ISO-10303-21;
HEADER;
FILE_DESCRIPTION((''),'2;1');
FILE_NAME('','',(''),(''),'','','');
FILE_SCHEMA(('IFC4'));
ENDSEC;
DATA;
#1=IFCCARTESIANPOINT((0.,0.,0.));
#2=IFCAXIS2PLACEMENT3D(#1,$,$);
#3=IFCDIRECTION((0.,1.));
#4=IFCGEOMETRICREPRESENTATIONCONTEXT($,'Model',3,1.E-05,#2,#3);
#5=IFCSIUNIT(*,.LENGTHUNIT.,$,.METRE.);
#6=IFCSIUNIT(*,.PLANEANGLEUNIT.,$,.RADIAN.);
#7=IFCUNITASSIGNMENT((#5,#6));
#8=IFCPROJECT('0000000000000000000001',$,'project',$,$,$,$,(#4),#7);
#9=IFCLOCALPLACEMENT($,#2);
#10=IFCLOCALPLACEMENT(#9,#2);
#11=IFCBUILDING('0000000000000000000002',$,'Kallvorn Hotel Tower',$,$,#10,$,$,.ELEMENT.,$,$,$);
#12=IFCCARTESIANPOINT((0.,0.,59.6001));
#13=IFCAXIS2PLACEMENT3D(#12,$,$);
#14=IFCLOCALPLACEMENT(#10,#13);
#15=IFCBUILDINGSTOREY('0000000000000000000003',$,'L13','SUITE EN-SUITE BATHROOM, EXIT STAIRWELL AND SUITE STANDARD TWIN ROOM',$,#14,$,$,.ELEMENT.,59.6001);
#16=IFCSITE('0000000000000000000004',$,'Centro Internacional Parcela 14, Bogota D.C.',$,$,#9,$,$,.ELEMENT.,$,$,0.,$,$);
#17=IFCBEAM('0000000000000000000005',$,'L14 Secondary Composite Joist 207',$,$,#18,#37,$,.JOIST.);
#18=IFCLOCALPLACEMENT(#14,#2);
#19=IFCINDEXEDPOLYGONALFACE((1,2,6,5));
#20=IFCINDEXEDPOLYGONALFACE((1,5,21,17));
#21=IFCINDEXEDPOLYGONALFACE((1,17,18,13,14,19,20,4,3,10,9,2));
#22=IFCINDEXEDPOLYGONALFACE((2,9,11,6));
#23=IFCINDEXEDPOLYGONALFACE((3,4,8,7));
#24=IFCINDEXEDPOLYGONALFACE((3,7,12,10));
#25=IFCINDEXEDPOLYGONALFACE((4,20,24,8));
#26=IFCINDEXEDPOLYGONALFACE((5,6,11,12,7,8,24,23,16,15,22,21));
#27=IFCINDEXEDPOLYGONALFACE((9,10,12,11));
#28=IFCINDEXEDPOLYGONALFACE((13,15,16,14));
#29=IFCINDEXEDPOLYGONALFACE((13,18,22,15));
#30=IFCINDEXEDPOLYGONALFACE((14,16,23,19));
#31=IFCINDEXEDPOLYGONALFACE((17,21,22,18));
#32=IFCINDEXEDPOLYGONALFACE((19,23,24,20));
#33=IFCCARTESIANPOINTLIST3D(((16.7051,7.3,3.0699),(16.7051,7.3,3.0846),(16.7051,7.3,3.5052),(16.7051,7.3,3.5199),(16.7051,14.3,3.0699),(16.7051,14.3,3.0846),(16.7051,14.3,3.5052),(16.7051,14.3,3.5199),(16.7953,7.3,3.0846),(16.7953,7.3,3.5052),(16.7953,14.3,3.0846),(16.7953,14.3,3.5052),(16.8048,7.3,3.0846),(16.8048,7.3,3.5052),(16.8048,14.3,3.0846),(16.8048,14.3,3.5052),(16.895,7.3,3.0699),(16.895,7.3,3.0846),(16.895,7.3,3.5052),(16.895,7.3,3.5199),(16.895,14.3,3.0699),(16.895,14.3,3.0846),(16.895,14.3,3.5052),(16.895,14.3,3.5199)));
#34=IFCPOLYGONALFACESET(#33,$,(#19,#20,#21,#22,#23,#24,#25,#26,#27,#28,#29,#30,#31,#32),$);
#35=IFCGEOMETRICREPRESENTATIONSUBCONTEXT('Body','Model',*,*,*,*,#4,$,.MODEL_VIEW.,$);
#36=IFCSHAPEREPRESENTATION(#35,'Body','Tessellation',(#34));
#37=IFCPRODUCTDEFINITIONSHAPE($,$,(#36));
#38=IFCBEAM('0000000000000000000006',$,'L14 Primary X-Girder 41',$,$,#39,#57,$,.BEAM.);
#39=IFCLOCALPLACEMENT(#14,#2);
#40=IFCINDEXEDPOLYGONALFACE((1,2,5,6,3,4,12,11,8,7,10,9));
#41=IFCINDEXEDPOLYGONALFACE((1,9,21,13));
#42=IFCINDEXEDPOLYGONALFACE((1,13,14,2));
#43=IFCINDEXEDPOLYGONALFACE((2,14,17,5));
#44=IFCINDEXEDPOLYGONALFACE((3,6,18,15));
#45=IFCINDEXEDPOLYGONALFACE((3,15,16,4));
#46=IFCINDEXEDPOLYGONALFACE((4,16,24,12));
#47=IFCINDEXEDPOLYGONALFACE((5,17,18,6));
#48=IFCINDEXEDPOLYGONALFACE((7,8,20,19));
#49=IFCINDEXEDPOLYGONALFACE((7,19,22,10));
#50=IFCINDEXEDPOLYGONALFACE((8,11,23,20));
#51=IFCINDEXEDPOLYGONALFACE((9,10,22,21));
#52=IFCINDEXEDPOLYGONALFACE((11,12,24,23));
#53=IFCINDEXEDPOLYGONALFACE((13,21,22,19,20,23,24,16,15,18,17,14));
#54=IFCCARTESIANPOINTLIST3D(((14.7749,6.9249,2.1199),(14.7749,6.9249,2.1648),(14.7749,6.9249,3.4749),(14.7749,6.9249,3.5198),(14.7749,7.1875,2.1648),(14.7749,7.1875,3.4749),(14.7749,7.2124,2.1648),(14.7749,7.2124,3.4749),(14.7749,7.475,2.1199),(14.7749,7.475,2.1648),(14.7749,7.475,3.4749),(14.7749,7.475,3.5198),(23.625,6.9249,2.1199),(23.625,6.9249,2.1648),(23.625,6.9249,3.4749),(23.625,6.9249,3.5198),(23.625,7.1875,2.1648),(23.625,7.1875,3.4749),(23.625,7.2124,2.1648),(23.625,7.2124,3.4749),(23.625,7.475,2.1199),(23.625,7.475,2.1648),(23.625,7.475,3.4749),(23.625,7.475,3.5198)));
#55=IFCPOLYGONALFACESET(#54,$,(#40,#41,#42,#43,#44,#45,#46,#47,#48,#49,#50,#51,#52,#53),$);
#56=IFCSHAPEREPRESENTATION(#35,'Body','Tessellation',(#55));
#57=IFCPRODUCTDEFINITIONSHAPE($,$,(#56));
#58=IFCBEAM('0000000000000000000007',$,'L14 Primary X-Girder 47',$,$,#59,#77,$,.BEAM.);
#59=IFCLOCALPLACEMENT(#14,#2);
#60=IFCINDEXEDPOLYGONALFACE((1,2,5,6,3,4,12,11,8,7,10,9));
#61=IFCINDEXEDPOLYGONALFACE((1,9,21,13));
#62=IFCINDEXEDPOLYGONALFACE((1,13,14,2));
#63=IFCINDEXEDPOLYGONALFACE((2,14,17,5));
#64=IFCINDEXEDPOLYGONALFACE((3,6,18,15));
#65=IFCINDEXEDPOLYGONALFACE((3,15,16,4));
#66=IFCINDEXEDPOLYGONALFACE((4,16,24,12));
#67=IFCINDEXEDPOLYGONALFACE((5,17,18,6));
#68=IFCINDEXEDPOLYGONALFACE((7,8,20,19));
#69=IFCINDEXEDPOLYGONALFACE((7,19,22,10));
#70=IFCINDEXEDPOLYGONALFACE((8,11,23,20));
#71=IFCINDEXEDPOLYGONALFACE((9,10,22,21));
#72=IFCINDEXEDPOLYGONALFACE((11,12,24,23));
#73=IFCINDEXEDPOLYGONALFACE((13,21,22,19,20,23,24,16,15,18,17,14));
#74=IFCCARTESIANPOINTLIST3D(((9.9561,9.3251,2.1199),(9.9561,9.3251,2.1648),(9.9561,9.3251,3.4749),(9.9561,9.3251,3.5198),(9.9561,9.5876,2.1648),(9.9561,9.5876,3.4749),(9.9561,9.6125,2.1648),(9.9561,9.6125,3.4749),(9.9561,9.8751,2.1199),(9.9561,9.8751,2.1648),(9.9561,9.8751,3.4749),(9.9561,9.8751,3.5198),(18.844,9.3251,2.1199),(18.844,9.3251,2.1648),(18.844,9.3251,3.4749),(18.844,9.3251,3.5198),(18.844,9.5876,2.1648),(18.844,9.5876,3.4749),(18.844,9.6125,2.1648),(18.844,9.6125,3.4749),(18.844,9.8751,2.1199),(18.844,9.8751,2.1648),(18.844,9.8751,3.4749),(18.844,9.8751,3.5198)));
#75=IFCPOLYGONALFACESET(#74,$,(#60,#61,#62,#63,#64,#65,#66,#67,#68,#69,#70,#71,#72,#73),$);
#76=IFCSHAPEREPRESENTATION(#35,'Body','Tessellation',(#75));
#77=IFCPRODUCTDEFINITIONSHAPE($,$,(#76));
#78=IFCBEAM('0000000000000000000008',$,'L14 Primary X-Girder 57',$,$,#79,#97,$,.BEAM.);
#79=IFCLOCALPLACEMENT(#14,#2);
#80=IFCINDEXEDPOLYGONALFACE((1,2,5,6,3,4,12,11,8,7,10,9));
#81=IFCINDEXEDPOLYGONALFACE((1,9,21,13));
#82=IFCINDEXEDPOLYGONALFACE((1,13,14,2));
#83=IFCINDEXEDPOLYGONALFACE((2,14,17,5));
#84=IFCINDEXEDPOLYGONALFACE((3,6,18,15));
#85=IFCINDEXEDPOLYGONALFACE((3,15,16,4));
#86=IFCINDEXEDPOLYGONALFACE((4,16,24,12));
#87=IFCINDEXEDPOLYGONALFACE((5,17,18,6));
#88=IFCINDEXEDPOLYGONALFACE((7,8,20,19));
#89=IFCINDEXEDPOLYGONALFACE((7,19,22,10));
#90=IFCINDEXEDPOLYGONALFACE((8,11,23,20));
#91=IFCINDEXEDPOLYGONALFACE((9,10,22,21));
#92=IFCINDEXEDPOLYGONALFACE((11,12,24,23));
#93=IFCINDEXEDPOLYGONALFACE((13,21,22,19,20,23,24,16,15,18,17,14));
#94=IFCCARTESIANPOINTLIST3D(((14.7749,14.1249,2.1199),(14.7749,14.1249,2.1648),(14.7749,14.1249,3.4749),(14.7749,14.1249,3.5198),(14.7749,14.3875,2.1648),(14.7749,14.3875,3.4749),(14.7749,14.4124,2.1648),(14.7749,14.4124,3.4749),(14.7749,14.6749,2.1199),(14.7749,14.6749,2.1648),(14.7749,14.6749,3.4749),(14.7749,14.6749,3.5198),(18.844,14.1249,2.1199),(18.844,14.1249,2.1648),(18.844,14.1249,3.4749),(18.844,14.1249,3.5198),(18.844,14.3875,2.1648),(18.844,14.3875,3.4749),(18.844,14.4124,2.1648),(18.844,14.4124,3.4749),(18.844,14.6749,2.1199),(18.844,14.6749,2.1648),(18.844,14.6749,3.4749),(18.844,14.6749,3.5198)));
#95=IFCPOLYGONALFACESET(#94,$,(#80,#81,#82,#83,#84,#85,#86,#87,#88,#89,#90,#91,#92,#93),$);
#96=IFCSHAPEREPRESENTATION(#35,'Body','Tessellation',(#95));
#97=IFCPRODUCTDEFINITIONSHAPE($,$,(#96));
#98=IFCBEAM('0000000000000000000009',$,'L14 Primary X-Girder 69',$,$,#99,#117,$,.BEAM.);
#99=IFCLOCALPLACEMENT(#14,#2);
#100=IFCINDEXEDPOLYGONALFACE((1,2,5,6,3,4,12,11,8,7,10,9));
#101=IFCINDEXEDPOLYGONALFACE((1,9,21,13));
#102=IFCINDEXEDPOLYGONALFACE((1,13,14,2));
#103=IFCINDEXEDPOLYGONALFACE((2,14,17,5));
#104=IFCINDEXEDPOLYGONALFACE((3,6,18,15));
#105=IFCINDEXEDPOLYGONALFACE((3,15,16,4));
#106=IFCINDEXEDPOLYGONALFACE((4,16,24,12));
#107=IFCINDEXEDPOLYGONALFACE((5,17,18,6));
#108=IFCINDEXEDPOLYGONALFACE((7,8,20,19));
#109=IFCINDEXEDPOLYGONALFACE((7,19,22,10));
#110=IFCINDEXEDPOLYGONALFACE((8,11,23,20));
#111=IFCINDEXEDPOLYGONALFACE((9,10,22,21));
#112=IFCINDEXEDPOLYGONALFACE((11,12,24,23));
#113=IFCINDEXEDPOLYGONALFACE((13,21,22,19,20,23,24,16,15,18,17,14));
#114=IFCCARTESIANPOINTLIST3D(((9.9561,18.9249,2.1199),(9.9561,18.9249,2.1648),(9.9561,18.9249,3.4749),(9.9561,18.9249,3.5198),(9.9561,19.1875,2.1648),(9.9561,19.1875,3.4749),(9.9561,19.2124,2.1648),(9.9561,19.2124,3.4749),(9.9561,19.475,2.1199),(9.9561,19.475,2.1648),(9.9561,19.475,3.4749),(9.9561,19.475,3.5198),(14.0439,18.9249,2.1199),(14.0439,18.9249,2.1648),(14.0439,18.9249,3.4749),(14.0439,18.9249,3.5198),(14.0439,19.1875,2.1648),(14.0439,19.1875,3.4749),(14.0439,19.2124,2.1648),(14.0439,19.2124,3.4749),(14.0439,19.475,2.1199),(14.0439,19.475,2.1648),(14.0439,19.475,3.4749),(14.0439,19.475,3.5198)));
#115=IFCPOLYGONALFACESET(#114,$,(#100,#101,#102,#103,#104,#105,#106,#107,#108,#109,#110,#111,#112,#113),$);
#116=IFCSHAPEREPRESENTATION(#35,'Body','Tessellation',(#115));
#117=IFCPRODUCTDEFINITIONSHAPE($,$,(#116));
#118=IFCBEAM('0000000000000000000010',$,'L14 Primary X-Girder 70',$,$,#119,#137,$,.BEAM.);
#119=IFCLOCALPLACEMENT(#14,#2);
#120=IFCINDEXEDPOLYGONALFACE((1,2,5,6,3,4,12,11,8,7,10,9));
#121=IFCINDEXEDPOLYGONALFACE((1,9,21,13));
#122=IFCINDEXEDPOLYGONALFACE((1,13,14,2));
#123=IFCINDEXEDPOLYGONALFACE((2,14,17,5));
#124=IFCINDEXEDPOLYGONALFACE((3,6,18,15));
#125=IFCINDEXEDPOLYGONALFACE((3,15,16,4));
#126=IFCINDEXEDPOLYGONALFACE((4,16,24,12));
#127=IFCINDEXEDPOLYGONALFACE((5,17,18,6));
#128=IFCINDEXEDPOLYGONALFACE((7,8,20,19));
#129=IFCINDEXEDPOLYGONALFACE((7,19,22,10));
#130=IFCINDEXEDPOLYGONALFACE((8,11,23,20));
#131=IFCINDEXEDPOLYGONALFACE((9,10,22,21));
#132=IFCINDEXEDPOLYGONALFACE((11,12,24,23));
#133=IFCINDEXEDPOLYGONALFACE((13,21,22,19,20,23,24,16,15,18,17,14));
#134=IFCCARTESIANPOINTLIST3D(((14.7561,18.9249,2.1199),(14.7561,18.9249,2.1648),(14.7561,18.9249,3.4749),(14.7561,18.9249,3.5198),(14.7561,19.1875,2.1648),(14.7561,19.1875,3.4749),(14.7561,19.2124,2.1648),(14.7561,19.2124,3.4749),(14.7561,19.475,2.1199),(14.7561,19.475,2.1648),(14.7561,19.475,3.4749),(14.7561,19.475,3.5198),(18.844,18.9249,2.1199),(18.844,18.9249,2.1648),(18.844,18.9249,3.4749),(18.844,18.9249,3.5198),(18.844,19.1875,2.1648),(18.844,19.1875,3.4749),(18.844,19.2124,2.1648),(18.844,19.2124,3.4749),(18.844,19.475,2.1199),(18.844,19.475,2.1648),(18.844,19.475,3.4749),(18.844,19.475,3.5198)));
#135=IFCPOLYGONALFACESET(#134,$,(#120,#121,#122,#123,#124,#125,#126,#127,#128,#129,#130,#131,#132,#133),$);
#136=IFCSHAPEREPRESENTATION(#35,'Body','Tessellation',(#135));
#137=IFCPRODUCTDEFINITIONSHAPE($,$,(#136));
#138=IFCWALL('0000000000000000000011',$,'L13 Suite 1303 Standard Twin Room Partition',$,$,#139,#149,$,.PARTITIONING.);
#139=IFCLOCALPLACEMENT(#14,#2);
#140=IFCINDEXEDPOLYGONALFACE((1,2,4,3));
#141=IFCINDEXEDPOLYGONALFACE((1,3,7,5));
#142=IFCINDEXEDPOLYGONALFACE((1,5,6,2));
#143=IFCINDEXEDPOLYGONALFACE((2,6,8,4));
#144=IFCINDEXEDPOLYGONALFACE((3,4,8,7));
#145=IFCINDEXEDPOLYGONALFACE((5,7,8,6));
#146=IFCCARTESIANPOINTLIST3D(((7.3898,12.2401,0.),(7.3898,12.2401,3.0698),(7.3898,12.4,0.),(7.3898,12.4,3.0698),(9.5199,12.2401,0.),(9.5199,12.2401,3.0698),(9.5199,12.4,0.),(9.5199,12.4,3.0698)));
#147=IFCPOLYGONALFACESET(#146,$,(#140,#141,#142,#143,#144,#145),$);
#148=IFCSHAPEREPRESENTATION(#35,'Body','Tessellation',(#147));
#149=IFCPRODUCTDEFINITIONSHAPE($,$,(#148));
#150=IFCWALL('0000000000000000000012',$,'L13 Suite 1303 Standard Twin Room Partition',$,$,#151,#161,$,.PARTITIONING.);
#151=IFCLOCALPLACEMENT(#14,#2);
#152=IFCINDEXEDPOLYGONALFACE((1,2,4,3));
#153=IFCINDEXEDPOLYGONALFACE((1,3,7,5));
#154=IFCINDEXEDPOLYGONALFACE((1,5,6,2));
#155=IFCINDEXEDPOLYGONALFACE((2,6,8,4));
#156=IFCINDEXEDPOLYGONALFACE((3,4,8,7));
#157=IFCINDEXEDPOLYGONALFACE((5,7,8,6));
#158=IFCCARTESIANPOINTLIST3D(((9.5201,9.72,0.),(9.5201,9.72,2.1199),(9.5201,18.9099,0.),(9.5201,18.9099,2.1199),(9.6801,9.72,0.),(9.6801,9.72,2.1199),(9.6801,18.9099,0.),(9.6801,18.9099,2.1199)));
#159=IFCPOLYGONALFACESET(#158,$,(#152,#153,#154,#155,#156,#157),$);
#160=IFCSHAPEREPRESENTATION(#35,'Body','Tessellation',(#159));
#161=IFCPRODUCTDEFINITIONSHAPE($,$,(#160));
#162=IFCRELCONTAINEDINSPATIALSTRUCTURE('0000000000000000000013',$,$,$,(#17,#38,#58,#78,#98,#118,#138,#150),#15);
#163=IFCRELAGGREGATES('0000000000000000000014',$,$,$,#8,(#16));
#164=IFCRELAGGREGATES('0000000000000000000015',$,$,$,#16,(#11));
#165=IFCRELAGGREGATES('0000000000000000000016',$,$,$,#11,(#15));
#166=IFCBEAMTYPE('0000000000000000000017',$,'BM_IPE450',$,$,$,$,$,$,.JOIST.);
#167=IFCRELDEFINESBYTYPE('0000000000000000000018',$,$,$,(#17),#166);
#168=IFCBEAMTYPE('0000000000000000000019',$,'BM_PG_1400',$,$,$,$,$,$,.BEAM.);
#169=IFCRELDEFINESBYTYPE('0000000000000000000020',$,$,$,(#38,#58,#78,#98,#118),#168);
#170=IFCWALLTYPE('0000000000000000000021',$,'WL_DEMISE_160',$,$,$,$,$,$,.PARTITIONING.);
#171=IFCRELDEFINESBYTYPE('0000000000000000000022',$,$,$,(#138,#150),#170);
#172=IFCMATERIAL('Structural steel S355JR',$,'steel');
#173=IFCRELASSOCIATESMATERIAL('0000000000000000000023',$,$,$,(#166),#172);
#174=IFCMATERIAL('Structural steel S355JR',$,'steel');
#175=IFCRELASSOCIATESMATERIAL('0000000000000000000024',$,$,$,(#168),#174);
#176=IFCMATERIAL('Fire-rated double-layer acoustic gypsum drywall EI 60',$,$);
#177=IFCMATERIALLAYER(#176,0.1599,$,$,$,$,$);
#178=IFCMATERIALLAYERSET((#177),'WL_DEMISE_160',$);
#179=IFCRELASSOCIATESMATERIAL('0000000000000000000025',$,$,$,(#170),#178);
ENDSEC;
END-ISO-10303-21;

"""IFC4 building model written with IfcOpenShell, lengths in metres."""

from ifc_helpers import new_model, si_unit, direction, frame, frame_2d, origin, origin_2d, place, context, subcontext, project, spatial, rectangle, i_section, extrude, material, layer, layer_set, material_profile, profile_set, type_object, element, save


model = new_model("IFC4")

# Units and contexts
model_context = context("Model", 3, precision=1e-05, world=origin(), true_north=direction((0.0, 1.0)))
body_context = subcontext(model_context, "Body", "Model", "MODEL_VIEW")
ifc_project = project(units=[si_unit("LENGTHUNIT", "METRE"), si_unit("PLANEANGLEUNIT", "RADIAN")], contexts=[model_context])

# Site, building, storey
site_placement = place(None, origin())
site = spatial("IfcSite", under=ifc_project, at=site_placement, Name="Centro Internacional Parcela 14, Bogota D.C.", CompositionType="ELEMENT", RefElevation=0.0)
building_placement = place(site_placement, origin())
building = spatial("IfcBuilding", under=site, at=building_placement, Name="Kallvorn Hotel Tower", CompositionType="ELEMENT")
storey_placement = place(building_placement, frame((0.0, 0.0, 59.6001)))
storey = spatial("IfcBuildingStorey", under=building, at=storey_placement, Name="L13", Description="SUITE EN-SUITE BATHROOM, EXIT STAIRWELL AND SUITE STANDARD TWIN ROOM", CompositionType="ELEMENT", Elevation=59.6001)

# Beams
ifc_material_1 = material(Name="Structural steel S355JR", Category="steel")
ifc_material_profile_1 = material_profile(ifc_material_1, i_section(OverallWidth=0.1899, OverallDepth=0.45, WebThickness=0.0095, FlangeThickness=0.0146, at=origin_2d()), Name="IPE 450")
ifc_profile_set_1 = profile_set([ifc_material_profile_1], Name="Structural steel S355JR")
beam_type_1 = type_object("IfcBeamType", Name="BM_IPE450", PredefinedType="JOIST", material=ifc_profile_set_1)
for number, where, z_axis, x_axis, name in (
    (1, (16.8, 7.3, 3.2949), (0.0, 1.0, 0.0), (-1.0, 0.0, 0.0), "L14 Secondary Composite Joist 207"),
):
    element("IfcBeam", number, at=place(storey_placement, frame(where, z_axis=z_axis, x_axis=x_axis)), inside=storey, type_object=beam_type_1, Name=name, PredefinedType="JOIST", context=body_context, shape_type="SweptSolid", body=[
        extrude(i_section(OverallWidth=0.1899, OverallDepth=0.45, WebThickness=0.0095, FlangeThickness=0.0146, at=origin_2d()), origin(), (0.0, 0.0, 1.0), 7.0),
    ])
ifc_material_2 = material(Name="Structural steel S355JR", Category="steel")
ifc_material_profile_2 = material_profile(ifc_material_2, i_section(OverallWidth=0.55, OverallDepth=1.3999, WebThickness=0.0249, FlangeThickness=0.0449, at=origin_2d()), Name="PG 1400x550x25x45")
ifc_profile_set_2 = profile_set([ifc_material_profile_2], Name="Structural steel S355JR")
beam_type_2 = type_object("IfcBeamType", Name="BM_PG_1400", PredefinedType="BEAM", material=ifc_profile_set_2)
beam_1_placement = place(storey_placement, frame((14.7749, 7.2, 2.8198), z_axis=(1.0, 0.0, 0.0), x_axis=(0.0, 1.0, 0.0)))
element("IfcBeam", 2, at=beam_1_placement, inside=storey, type_object=beam_type_2, Name="L14 Primary X-Girder 41", PredefinedType="BEAM", context=body_context, shape_type="SweptSolid", body=[
    extrude(i_section(OverallWidth=0.55, OverallDepth=1.3999, WebThickness=0.0249, FlangeThickness=0.0449, at=origin_2d()), origin(), (0.0, 0.0, 1.0), 8.8501),
])
beam_2_placement = place(storey_placement, frame((9.9561, 9.6001, 2.8198), z_axis=(1.0, 0.0, 0.0), x_axis=(0.0, 1.0, 0.0)))
element("IfcBeam", 3, at=beam_2_placement, inside=storey, type_object=beam_type_2, Name="L14 Primary X-Girder 47", PredefinedType="BEAM", context=body_context, shape_type="SweptSolid", body=[
    extrude(i_section(OverallWidth=0.55, OverallDepth=1.3999, WebThickness=0.0249, FlangeThickness=0.0449, at=origin_2d()), origin(), (0.0, 0.0, 1.0), 8.8879),
])
beam_3_placement = place(storey_placement, frame((14.7749, 14.3999, 2.8198), z_axis=(1.0, 0.0, 0.0), x_axis=(0.0, 1.0, 0.0)))
element("IfcBeam", 4, at=beam_3_placement, inside=storey, type_object=beam_type_2, Name="L14 Primary X-Girder 57", PredefinedType="BEAM", context=body_context, shape_type="SweptSolid", body=[
    extrude(i_section(OverallWidth=0.55, OverallDepth=1.3999, WebThickness=0.0249, FlangeThickness=0.0449, at=origin_2d()), origin(), (0.0, 0.0, 1.0), 4.0691),
])
for number, where, z_axis, x_axis, name in (
    (5, (9.9561, 19.2, 2.8198), (1.0, 0.0, 0.0), (0.0, 1.0, 0.0), "L14 Primary X-Girder 69"),
    (6, (14.7561, 19.2, 2.8198), (1.0, 0.0, 0.0), (0.0, 1.0, 0.0), "L14 Primary X-Girder 70"),
):
    element("IfcBeam", number, at=place(storey_placement, frame(where, z_axis=z_axis, x_axis=x_axis)), inside=storey, type_object=beam_type_2, Name=name, PredefinedType="BEAM", context=body_context, shape_type="SweptSolid", body=[
        extrude(i_section(OverallWidth=0.55, OverallDepth=1.3999, WebThickness=0.0249, FlangeThickness=0.0449, at=origin_2d()), origin(), (0.0, 0.0, 1.0), 4.0879),
    ])

# Walls
ifc_material_3 = material(Name="Fire-rated double-layer acoustic gypsum drywall EI 60")
ifc_layer = layer(ifc_material_3, 0.1599)
ifc_layer_set = layer_set([ifc_layer], Name="WL_DEMISE_160")
wall_type = type_object("IfcWallType", Name="WL_DEMISE_160", PredefinedType="PARTITIONING", material=ifc_layer_set)
wall_1_placement = place(storey_placement, frame((7.3899, 12.3201, 0.0), z_axis=(0.0, 0.0, 1.0), x_axis=(1.0, 0.0, 0.0)))
element("IfcWall", 7, at=wall_1_placement, inside=storey, type_object=wall_type, Name="L13 Suite 1303 Standard Twin Room Partition", PredefinedType="PARTITIONING", context=body_context, shape_type="SweptSolid", body=[
    extrude(rectangle(XDim=2.1301, YDim=0.1599, at=frame_2d((1.0649, 0.0))), origin(), (0.0, 0.0, 1.0), 3.0698),
])
wall_2_placement = place(storey_placement, frame((9.6001, 9.72, 0.0), z_axis=(0.0, 0.0, 1.0), x_axis=(0.0, 1.0, 0.0)))
element("IfcWall", 8, at=wall_2_placement, inside=storey, type_object=wall_type, Name="L13 Suite 1303 Standard Twin Room Partition", PredefinedType="PARTITIONING", context=body_context, shape_type="SweptSolid", body=[
    extrude(rectangle(XDim=9.1899, YDim=0.1599, at=frame_2d((4.595, 0.0))), origin(), (0.0, 0.0, 1.0), 2.1199),
])

save(model, "model.ifc")
